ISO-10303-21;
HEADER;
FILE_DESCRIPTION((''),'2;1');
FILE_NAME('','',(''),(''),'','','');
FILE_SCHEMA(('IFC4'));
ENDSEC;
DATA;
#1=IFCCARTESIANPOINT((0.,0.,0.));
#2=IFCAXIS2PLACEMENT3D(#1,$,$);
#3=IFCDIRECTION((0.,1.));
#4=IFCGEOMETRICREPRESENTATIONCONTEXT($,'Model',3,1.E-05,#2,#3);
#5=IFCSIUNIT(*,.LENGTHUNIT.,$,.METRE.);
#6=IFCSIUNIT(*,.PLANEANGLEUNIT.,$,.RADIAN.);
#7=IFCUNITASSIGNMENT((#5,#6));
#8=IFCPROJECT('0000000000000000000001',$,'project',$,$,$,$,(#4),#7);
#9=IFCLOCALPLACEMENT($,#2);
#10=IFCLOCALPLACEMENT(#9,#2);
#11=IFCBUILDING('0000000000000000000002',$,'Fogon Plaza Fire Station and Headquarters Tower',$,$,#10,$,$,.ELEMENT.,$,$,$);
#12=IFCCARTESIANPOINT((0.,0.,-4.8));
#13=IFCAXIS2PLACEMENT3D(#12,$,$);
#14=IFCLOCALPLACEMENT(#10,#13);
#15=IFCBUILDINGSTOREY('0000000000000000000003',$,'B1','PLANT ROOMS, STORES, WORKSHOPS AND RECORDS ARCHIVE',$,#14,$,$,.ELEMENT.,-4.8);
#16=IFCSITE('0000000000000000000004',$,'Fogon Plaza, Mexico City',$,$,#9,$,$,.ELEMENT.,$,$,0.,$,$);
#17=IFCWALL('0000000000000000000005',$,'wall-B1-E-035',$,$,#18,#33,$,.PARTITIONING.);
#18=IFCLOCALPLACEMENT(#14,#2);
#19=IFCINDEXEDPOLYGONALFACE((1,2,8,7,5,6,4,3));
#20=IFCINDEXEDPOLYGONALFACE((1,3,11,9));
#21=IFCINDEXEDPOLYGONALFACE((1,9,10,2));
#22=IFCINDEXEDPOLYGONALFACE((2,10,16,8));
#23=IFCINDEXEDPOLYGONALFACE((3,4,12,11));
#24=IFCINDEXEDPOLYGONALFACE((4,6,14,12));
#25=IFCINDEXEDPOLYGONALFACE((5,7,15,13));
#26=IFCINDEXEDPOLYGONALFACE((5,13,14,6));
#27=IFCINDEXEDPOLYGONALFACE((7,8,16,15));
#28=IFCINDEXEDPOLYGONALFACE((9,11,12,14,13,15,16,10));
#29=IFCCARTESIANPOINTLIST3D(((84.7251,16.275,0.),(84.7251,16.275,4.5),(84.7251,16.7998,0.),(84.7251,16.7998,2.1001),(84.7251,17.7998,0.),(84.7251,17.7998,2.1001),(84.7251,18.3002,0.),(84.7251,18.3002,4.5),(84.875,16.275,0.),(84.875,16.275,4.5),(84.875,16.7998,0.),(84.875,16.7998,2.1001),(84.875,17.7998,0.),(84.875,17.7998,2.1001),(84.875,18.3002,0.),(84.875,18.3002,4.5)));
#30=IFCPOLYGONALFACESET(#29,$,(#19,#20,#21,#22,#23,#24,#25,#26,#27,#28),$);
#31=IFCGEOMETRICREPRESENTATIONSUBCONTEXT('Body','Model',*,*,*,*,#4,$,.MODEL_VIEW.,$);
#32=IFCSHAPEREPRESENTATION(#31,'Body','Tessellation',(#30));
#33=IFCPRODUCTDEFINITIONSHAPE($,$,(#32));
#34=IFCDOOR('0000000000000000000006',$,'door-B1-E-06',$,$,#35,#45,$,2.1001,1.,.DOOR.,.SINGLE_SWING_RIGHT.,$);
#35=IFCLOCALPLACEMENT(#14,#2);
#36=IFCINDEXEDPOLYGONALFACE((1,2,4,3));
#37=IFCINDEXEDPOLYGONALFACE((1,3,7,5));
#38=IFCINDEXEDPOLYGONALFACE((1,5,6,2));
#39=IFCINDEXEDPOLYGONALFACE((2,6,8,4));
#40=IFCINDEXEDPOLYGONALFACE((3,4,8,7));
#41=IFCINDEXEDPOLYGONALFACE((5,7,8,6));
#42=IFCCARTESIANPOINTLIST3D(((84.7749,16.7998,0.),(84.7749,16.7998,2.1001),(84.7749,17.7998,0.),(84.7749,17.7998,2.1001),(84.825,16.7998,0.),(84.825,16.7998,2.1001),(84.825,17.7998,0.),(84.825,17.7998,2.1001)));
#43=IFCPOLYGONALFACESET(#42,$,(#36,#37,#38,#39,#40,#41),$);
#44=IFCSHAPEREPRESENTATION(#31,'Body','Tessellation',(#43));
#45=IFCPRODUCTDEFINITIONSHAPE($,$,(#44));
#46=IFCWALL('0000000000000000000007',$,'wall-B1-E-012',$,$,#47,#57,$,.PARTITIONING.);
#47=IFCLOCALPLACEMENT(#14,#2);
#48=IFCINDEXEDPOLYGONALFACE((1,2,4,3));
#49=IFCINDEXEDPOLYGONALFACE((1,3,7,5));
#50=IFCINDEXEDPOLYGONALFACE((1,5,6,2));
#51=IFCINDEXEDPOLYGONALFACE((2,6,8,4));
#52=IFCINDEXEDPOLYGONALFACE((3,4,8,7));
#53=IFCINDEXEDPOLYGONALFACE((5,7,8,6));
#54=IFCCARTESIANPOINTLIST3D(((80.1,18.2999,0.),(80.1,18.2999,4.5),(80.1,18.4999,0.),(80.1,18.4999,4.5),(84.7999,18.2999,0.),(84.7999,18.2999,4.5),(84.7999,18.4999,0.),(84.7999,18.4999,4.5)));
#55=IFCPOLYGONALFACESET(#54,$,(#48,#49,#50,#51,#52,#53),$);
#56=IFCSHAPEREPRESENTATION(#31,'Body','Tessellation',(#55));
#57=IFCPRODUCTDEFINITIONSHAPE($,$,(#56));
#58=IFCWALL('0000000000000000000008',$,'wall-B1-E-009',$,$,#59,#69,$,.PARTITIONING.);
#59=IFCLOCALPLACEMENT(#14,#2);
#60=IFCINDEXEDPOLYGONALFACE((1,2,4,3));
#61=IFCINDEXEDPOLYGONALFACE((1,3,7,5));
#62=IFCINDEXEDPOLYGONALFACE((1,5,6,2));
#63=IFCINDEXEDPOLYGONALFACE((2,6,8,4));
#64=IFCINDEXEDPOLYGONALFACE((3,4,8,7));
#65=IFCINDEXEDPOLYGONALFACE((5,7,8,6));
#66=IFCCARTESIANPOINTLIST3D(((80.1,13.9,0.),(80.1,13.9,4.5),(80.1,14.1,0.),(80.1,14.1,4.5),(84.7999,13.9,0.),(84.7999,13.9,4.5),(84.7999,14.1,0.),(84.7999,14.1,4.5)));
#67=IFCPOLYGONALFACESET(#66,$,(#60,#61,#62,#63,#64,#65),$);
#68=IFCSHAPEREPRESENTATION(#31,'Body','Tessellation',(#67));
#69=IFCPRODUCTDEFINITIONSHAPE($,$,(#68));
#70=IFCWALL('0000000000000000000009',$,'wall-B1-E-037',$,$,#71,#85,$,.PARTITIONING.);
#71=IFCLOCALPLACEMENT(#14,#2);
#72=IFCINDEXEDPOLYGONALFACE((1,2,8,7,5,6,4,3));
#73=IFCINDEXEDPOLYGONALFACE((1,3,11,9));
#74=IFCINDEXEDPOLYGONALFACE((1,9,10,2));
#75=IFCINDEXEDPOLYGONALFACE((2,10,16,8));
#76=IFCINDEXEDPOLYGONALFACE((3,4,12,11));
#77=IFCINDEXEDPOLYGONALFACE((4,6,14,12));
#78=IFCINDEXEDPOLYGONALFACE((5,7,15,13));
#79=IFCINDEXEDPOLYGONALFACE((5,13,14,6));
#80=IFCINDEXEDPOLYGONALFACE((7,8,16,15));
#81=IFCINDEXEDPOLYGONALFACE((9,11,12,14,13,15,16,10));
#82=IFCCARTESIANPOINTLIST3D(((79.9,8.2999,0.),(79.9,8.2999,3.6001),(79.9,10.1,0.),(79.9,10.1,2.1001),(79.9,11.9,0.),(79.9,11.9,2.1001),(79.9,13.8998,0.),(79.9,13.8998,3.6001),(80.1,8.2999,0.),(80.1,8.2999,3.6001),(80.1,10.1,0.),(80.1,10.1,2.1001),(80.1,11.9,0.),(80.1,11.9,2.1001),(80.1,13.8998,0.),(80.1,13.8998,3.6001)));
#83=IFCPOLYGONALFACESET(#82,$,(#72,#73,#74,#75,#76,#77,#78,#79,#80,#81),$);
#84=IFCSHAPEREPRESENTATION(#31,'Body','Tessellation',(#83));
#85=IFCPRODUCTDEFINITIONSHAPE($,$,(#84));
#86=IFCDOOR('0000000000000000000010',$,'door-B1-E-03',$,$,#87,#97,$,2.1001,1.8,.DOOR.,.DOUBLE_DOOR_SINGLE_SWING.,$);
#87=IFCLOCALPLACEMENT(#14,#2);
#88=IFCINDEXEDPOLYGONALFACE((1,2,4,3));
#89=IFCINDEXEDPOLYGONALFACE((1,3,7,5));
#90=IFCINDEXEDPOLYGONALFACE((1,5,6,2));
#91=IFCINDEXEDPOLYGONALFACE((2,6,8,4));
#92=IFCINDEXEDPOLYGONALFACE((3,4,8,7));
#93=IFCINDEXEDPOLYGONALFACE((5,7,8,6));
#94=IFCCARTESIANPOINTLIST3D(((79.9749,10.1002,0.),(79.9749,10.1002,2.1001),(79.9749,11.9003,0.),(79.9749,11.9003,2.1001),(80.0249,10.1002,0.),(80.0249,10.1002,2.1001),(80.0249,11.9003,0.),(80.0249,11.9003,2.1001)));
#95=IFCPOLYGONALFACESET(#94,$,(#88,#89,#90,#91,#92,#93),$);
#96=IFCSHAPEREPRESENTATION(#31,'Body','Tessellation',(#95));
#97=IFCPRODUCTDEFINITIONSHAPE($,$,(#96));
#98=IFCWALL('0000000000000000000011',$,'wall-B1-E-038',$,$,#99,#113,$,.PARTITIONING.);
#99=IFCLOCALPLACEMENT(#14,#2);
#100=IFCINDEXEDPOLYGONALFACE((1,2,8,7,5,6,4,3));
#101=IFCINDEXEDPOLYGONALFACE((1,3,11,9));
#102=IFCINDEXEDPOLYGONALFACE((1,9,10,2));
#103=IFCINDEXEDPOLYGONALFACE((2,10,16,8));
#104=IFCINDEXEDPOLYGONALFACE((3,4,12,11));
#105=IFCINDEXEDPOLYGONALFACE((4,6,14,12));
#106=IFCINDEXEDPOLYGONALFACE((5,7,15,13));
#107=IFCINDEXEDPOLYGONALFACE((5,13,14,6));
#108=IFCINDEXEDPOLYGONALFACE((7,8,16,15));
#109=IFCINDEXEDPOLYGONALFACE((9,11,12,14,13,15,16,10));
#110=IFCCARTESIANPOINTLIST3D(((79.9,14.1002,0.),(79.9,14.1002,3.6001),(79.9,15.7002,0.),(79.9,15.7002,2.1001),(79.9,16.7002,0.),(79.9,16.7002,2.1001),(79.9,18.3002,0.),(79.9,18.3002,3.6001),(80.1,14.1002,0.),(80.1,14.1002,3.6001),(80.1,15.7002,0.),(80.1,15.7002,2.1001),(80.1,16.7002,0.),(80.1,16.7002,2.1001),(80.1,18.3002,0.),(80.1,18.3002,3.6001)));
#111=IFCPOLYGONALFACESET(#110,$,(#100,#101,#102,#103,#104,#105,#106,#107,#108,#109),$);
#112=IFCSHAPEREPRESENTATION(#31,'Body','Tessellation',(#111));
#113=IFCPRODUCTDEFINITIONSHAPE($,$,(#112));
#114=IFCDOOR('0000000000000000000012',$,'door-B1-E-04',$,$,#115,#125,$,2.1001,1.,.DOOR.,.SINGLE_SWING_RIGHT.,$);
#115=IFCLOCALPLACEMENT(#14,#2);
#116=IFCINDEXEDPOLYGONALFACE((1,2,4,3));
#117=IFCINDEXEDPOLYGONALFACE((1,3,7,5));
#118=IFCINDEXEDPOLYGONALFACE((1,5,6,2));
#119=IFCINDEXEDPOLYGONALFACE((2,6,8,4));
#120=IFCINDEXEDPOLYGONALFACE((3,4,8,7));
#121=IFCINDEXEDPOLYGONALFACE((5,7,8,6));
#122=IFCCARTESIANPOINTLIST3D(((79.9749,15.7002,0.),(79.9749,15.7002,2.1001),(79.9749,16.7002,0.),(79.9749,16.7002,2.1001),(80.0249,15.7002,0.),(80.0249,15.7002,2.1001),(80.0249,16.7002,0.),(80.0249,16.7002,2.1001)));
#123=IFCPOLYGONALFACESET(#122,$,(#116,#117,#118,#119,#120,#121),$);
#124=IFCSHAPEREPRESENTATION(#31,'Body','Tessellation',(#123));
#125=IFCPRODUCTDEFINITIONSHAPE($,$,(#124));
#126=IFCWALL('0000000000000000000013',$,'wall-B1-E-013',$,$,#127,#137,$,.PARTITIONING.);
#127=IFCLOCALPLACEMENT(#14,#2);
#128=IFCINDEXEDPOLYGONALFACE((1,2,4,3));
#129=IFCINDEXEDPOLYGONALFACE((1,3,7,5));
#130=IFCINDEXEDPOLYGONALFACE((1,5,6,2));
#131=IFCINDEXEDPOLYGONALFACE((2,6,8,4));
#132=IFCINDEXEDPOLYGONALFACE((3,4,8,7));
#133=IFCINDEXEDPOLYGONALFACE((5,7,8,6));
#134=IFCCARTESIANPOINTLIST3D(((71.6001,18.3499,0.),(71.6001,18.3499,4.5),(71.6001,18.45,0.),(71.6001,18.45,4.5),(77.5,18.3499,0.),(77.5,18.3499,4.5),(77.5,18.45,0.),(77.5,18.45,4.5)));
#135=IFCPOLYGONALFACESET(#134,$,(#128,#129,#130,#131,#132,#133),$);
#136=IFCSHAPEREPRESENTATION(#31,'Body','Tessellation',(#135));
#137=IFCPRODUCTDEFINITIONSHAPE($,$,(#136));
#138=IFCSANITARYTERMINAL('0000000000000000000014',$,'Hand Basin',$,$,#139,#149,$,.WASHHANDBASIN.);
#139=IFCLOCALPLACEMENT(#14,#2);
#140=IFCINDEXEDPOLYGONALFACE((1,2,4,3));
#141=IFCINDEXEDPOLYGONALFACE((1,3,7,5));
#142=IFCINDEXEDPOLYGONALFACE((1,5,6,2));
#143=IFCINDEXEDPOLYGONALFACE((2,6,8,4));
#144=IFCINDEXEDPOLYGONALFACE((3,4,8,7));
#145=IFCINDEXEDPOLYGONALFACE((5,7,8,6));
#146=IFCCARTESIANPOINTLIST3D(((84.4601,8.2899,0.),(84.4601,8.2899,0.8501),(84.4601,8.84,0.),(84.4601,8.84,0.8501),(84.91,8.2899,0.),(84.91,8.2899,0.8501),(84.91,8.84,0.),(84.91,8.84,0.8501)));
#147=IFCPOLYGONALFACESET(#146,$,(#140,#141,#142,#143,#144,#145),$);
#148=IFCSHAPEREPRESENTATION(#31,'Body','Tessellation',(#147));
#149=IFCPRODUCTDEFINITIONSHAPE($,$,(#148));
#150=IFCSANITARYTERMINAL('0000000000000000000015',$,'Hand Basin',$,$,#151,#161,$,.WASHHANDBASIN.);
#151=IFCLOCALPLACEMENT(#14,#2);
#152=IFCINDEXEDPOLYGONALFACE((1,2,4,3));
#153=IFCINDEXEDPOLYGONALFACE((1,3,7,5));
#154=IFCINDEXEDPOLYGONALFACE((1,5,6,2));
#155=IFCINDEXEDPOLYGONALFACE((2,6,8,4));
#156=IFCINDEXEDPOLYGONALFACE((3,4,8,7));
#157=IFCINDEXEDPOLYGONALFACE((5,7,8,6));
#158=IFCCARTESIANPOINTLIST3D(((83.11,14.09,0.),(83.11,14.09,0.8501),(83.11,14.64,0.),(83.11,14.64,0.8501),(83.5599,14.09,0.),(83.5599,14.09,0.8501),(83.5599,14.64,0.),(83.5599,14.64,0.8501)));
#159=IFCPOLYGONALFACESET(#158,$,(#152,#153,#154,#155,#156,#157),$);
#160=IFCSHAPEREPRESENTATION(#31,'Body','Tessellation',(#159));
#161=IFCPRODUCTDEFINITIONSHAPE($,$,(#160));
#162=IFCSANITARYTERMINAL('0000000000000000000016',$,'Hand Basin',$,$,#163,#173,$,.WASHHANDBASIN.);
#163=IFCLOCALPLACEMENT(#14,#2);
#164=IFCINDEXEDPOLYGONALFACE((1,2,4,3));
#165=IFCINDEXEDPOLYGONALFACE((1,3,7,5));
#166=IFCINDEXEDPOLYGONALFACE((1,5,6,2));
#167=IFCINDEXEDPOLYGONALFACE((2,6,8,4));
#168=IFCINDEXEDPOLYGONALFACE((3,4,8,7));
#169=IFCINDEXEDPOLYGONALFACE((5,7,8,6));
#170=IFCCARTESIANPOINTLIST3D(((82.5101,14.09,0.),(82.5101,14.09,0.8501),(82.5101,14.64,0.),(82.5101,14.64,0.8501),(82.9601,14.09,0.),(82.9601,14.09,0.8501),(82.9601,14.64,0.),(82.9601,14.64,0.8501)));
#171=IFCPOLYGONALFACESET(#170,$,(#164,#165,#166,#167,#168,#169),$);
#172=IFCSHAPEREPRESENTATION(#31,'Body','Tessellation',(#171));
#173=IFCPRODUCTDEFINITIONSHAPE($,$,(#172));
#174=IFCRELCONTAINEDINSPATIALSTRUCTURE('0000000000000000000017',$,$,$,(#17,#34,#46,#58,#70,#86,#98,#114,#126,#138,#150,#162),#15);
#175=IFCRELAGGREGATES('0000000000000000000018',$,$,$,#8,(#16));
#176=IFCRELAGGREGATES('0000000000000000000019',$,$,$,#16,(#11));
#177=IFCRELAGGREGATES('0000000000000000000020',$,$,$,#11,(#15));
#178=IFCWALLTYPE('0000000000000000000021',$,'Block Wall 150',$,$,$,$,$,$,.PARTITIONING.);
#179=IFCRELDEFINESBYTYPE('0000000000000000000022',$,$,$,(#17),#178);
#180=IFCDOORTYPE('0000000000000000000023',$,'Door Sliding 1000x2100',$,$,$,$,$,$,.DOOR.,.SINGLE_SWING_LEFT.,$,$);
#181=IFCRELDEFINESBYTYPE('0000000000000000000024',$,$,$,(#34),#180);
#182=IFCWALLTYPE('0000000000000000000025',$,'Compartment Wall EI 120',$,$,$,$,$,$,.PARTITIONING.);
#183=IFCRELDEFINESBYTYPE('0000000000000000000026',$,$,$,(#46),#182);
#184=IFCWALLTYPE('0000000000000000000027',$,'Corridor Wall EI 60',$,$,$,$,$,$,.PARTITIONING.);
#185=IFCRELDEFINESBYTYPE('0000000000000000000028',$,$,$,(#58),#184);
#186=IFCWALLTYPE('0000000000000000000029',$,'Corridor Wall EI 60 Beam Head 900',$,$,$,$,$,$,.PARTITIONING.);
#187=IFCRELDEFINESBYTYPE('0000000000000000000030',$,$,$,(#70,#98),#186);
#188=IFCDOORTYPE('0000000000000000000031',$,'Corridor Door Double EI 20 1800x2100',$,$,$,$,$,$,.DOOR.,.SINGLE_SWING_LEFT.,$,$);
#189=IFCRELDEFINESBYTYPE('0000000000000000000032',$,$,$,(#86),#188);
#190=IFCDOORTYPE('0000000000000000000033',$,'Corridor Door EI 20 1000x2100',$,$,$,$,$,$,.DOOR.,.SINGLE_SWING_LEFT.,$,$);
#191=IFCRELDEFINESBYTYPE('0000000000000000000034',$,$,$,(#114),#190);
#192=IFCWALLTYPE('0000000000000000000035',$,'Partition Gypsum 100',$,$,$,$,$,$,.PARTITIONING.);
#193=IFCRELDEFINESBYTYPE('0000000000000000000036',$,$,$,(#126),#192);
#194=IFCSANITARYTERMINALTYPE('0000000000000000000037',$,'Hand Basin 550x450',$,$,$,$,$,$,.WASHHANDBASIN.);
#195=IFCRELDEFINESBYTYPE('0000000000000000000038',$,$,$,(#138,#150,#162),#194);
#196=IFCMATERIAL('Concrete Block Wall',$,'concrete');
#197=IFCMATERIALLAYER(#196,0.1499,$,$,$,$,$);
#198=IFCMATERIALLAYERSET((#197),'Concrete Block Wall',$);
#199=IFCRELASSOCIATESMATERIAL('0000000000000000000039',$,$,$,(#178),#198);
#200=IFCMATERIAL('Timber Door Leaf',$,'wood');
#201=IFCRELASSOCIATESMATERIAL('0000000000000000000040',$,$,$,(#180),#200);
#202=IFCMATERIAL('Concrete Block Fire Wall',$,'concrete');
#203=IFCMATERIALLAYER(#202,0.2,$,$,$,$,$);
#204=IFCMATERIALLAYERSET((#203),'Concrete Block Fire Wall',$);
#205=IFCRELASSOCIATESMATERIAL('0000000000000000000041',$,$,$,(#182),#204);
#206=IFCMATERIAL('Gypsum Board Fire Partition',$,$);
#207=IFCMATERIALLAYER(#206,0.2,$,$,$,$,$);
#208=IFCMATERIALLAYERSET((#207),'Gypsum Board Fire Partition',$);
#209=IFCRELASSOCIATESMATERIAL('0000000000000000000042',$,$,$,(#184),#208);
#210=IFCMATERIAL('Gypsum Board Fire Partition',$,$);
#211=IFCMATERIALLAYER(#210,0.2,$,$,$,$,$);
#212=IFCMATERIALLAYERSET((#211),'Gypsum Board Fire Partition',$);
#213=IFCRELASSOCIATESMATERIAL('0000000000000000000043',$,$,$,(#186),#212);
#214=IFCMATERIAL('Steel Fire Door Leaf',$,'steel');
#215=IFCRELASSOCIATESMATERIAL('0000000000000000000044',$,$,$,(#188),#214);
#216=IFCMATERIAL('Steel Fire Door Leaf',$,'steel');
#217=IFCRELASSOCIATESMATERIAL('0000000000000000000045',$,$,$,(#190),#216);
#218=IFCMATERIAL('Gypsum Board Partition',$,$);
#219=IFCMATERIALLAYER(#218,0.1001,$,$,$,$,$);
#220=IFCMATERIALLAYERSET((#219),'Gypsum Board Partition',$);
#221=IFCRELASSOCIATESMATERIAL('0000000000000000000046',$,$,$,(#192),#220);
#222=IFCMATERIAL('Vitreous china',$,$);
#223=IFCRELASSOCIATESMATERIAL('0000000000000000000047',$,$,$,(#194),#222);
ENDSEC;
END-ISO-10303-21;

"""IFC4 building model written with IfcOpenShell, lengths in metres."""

from ifc_helpers import new_model, si_unit, direction, frame, frame_2d, origin, origin_2d, place, context, subcontext, project, spatial, rectangle, extrude, material, layer, layer_set, type_object, element, fill, save


model = new_model("IFC4")

# Units and contexts
model_context = context("Model", 3, precision=1e-05, world=origin(), true_north=direction((0.0, 1.0)))
body_context = subcontext(model_context, "Body", "Model", "MODEL_VIEW")
ifc_project = project(units=[si_unit("LENGTHUNIT", "METRE"), si_unit("PLANEANGLEUNIT", "RADIAN")], contexts=[model_context])

# Site, building, storey
site_placement = place(None, origin())
site = spatial("IfcSite", under=ifc_project, at=site_placement, Name="Fogon Plaza, Mexico City", CompositionType="ELEMENT", RefElevation=0.0)
building_placement = place(site_placement, origin())
building = spatial("IfcBuilding", under=site, at=building_placement, Name="Fogon Plaza Fire Station and Headquarters Tower", CompositionType="ELEMENT")
storey_placement = place(building_placement, frame((0.0, 0.0, -4.8)))
storey = spatial("IfcBuildingStorey", under=building, at=storey_placement, Name="B1", Description="PLANT ROOMS, STORES, WORKSHOPS AND RECORDS ARCHIVE", CompositionType="ELEMENT", Elevation=-4.8)

# Wall, opening, door
ifc_material_1 = material(Name="Concrete Block Wall", Category="concrete")
ifc_layer_1 = layer(ifc_material_1, 0.1499)
ifc_layer_set_1 = layer_set([ifc_layer_1], Name="Concrete Block Wall")
wall_type_1 = type_object("IfcWallType", Name="Block Wall 150", PredefinedType="PARTITIONING", material=ifc_layer_set_1)
wall_1_placement = place(storey_placement, frame((84.8, 16.2749, 0.0), z_axis=(0.0, 0.0, 1.0), x_axis=(0.0, 1.0, 0.0)))
wall_1 = element("IfcWall", 1, at=wall_1_placement, inside=storey, type_object=wall_type_1, Name="wall-B1-E-035", PredefinedType="PARTITIONING", context=body_context, shape_type="SweptSolid", body=[
    extrude(rectangle(XDim=2.0251, YDim=0.1499, at=frame_2d((1.0127, 0.0))), origin(), (0.0, 0.0, 1.0), 4.5),
])
opening_1_placement = place(wall_1_placement, frame((0.5249, 0.0, 0.0)))
opening_1 = element("IfcOpeningElement", 2, at=opening_1_placement, cuts=wall_1, PredefinedType="OPENING", context=body_context, shape_type="SweptSolid", body=[
    extrude(rectangle(XDim=1.0, YDim=2.1001, at=frame_2d((0.5, 1.05))), frame((0.0, 0.085, 0.0), z_axis=(0.0, -1.0, 0.0), x_axis=(1.0, 0.0, 0.0)), (0.0, 0.0, 1.0), 0.1699),
])
ifc_material_2 = material(Name="Timber Door Leaf", Category="wood")
door_type_1 = type_object("IfcDoorType", Name="Door Sliding 1000x2100", OperationType="SINGLE_SWING_LEFT", PredefinedType="DOOR", material=ifc_material_2)
door_1_placement = place(opening_1_placement, frame((1.0, 0.0, 0.0), z_axis=(0.0, 0.0, 1.0), x_axis=(-1.0, 0.0, 0.0)))
door_1 = element("IfcDoor", 3, at=door_1_placement, inside=storey, type_object=door_type_1, Name="door-B1-E-06", OperationType="SINGLE_SWING_RIGHT", OverallHeight=2.1001, OverallWidth=1.0, PredefinedType="DOOR", context=body_context, shape_type="SweptSolid", body=[
    extrude(rectangle(XDim=1.0, YDim=2.1001, at=frame_2d((0.5, 1.05))), frame((0.0, 0.0249, 0.0), z_axis=(0.0, -1.0, 0.0), x_axis=(1.0, 0.0, 0.0)), (0.0, 0.0, 1.0), 0.05),
])
fill(opening_1, door_1)

# Walls
ifc_material_3 = material(Name="Concrete Block Fire Wall", Category="concrete")
ifc_layer_2 = layer(ifc_material_3, 0.2)
ifc_layer_set_2 = layer_set([ifc_layer_2], Name="Concrete Block Fire Wall")
wall_type_2 = type_object("IfcWallType", Name="Compartment Wall EI 120", PredefinedType="PARTITIONING", material=ifc_layer_set_2)
wall_2_placement = place(storey_placement, frame((84.8, 18.3999, 0.0), z_axis=(0.0, 0.0, 1.0), x_axis=(-1.0, 0.0, 0.0)))
element("IfcWall", 4, at=wall_2_placement, inside=storey, type_object=wall_type_2, Name="wall-B1-E-012", PredefinedType="PARTITIONING", context=body_context, shape_type="SweptSolid", body=[
    extrude(rectangle(XDim=4.7, YDim=0.2, at=frame_2d((2.3501, 0.0))), origin(), (0.0, 0.0, 1.0), 4.5),
])
ifc_material_4 = material(Name="Gypsum Board Fire Partition")
ifc_layer_3 = layer(ifc_material_4, 0.2)
ifc_layer_set_3 = layer_set([ifc_layer_3], Name="Gypsum Board Fire Partition")
wall_type_3 = type_object("IfcWallType", Name="Corridor Wall EI 60", PredefinedType="PARTITIONING", material=ifc_layer_set_3)
wall_3_placement = place(storey_placement, frame((84.8, 14.0, 0.0), z_axis=(0.0, 0.0, 1.0), x_axis=(-1.0, 0.0, 0.0)))
element("IfcWall", 5, at=wall_3_placement, inside=storey, type_object=wall_type_3, Name="wall-B1-E-009", PredefinedType="PARTITIONING", context=body_context, shape_type="SweptSolid", body=[
    extrude(rectangle(XDim=4.7, YDim=0.2, at=frame_2d((2.3501, 0.0))), origin(), (0.0, 0.0, 1.0), 4.5),
])

# Walls, openings, doors
ifc_material_5 = material(Name="Gypsum Board Fire Partition")
ifc_layer_4 = layer(ifc_material_5, 0.2)
ifc_layer_set_4 = layer_set([ifc_layer_4], Name="Gypsum Board Fire Partition")
wall_type_4 = type_object("IfcWallType", Name="Corridor Wall EI 60 Beam Head 900", PredefinedType="PARTITIONING", material=ifc_layer_set_4)
wall_4_placement = place(storey_placement, frame((80.0, 8.3, 0.0), z_axis=(0.0, 0.0, 1.0), x_axis=(0.0, 1.0, 0.0)))
wall_4 = element("IfcWall", 6, at=wall_4_placement, inside=storey, type_object=wall_type_4, Name="wall-B1-E-037", PredefinedType="PARTITIONING", context=body_context, shape_type="SweptSolid", body=[
    extrude(rectangle(XDim=5.5999, YDim=0.2, at=frame_2d((2.7998, 0.0))), origin(), (0.0, 0.0, 1.0), 3.6001),
])
opening_2_placement = place(wall_4_placement, frame((1.8, 0.0, 0.0)))
opening_2 = element("IfcOpeningElement", 7, at=opening_2_placement, cuts=wall_4, PredefinedType="OPENING", context=body_context, shape_type="SweptSolid", body=[
    extrude(rectangle(XDim=1.8, YDim=2.1001, at=frame_2d((0.8999, 1.05))), frame((0.0, 0.1099, 0.0), z_axis=(0.0, -1.0, 0.0), x_axis=(1.0, 0.0, 0.0)), (0.0, 0.0, 1.0), 0.22),
])
ifc_material_6 = material(Name="Steel Fire Door Leaf", Category="steel")
door_type_2 = type_object("IfcDoorType", Name="Corridor Door Double EI 20 1800x2100", OperationType="SINGLE_SWING_LEFT", PredefinedType="DOOR", material=ifc_material_6)
door_2_placement = place(opening_2_placement, frame((1.8, 0.0, 0.0), z_axis=(0.0, 0.0, 1.0), x_axis=(-1.0, 0.0, 0.0)))
door_2 = element("IfcDoor", 8, at=door_2_placement, inside=storey, type_object=door_type_2, Name="door-B1-E-03", OperationType="DOUBLE_DOOR_SINGLE_SWING", OverallHeight=2.1001, OverallWidth=1.8, PredefinedType="DOOR", context=body_context, shape_type="SweptSolid", body=[
    extrude(rectangle(XDim=1.8, YDim=2.1001, at=frame_2d((0.8999, 1.05))), frame((0.0, 0.0249, 0.0), z_axis=(0.0, -1.0, 0.0), x_axis=(1.0, 0.0, 0.0)), (0.0, 0.0, 1.0), 0.05),
])
fill(opening_2, door_2)
wall_5_placement = place(storey_placement, frame((80.0, 14.1001, 0.0), z_axis=(0.0, 0.0, 1.0), x_axis=(0.0, 1.0, 0.0)))
wall_5 = element("IfcWall", 9, at=wall_5_placement, inside=storey, type_object=wall_type_4, Name="wall-B1-E-038", PredefinedType="PARTITIONING", context=body_context, shape_type="SweptSolid", body=[
    extrude(rectangle(XDim=4.2, YDim=0.2, at=frame_2d((2.1001, 0.0))), origin(), (0.0, 0.0, 1.0), 3.6001),
])
opening_3_placement = place(wall_5_placement, frame((1.6001, 0.0, 0.0)))
opening_3 = element("IfcOpeningElement", 10, at=opening_3_placement, cuts=wall_5, PredefinedType="OPENING", context=body_context, shape_type="SweptSolid", body=[
    extrude(rectangle(XDim=1.0, YDim=2.1001, at=frame_2d((0.5, 1.05))), frame((0.0, 0.1099, 0.0), z_axis=(0.0, -1.0, 0.0), x_axis=(1.0, 0.0, 0.0)), (0.0, 0.0, 1.0), 0.22),
])
ifc_material_7 = material(Name="Steel Fire Door Leaf", Category="steel")
door_type_3 = type_object("IfcDoorType", Name="Corridor Door EI 20 1000x2100", OperationType="SINGLE_SWING_LEFT", PredefinedType="DOOR", material=ifc_material_7)
door_3_placement = place(opening_3_placement, frame((1.0, 0.0, 0.0), z_axis=(0.0, 0.0, 1.0), x_axis=(-1.0, 0.0, 0.0)))
door_3 = element("IfcDoor", 11, at=door_3_placement, inside=storey, type_object=door_type_3, Name="door-B1-E-04", OperationType="SINGLE_SWING_RIGHT", OverallHeight=2.1001, OverallWidth=1.0, PredefinedType="DOOR", context=body_context, shape_type="SweptSolid", body=[
    extrude(rectangle(XDim=1.0, YDim=2.1001, at=frame_2d((0.5, 1.05))), frame((0.0, 0.0249, 0.0), z_axis=(0.0, -1.0, 0.0), x_axis=(1.0, 0.0, 0.0)), (0.0, 0.0, 1.0), 0.05),
])
fill(opening_3, door_3)

# Wall
ifc_material_8 = material(Name="Gypsum Board Partition")
ifc_layer_5 = layer(ifc_material_8, 0.1001)
ifc_layer_set_5 = layer_set([ifc_layer_5], Name="Gypsum Board Partition")
wall_type_5 = type_object("IfcWallType", Name="Partition Gypsum 100", PredefinedType="PARTITIONING", material=ifc_layer_set_5)
wall_6_placement = place(storey_placement, frame((77.5, 18.3999, 0.0), z_axis=(0.0, 0.0, 1.0), x_axis=(-1.0, 0.0, 0.0)))
element("IfcWall", 12, at=wall_6_placement, inside=storey, type_object=wall_type_5, Name="wall-B1-E-013", PredefinedType="PARTITIONING", context=body_context, shape_type="SweptSolid", body=[
    extrude(rectangle(XDim=5.8999, YDim=0.1001, at=frame_2d((2.95, 0.0))), origin(), (0.0, 0.0, 1.0), 4.5),
])

# Sanitary terminals
ifc_material_9 = material(Name="Vitreous china")
sanitary_terminal_type = type_object("IfcSanitaryTerminalType", Name="Hand Basin 550x450", PredefinedType="WASHHANDBASIN", material=ifc_material_9)
for number, where, z_axis, x_axis, name in (
    (13, (84.6851, 8.5649, 0.0), (0.0, 0.0, 1.0), (1.0, 0.0, 0.0), "Hand Basin"),
    (14, (83.335, 14.365, 0.0), (0.0, 0.0, 1.0), (1.0, 0.0, 0.0), "Hand Basin"),
    (15, (82.7351, 14.365, 0.0), (0.0, 0.0, 1.0), (1.0, 0.0, 0.0), "Hand Basin"),
):
    element("IfcSanitaryTerminal", number, at=place(storey_placement, frame(where, z_axis=z_axis, x_axis=x_axis)), inside=storey, type_object=sanitary_terminal_type, Name=name, PredefinedType="WASHHANDBASIN", context=body_context, shape_type="SweptSolid", body=[
        extrude(rectangle(XDim=0.45, YDim=0.55, at=origin_2d()), origin(), (0.0, 0.0, 1.0), 0.8501),
    ])

save(model, "model.ifc")
